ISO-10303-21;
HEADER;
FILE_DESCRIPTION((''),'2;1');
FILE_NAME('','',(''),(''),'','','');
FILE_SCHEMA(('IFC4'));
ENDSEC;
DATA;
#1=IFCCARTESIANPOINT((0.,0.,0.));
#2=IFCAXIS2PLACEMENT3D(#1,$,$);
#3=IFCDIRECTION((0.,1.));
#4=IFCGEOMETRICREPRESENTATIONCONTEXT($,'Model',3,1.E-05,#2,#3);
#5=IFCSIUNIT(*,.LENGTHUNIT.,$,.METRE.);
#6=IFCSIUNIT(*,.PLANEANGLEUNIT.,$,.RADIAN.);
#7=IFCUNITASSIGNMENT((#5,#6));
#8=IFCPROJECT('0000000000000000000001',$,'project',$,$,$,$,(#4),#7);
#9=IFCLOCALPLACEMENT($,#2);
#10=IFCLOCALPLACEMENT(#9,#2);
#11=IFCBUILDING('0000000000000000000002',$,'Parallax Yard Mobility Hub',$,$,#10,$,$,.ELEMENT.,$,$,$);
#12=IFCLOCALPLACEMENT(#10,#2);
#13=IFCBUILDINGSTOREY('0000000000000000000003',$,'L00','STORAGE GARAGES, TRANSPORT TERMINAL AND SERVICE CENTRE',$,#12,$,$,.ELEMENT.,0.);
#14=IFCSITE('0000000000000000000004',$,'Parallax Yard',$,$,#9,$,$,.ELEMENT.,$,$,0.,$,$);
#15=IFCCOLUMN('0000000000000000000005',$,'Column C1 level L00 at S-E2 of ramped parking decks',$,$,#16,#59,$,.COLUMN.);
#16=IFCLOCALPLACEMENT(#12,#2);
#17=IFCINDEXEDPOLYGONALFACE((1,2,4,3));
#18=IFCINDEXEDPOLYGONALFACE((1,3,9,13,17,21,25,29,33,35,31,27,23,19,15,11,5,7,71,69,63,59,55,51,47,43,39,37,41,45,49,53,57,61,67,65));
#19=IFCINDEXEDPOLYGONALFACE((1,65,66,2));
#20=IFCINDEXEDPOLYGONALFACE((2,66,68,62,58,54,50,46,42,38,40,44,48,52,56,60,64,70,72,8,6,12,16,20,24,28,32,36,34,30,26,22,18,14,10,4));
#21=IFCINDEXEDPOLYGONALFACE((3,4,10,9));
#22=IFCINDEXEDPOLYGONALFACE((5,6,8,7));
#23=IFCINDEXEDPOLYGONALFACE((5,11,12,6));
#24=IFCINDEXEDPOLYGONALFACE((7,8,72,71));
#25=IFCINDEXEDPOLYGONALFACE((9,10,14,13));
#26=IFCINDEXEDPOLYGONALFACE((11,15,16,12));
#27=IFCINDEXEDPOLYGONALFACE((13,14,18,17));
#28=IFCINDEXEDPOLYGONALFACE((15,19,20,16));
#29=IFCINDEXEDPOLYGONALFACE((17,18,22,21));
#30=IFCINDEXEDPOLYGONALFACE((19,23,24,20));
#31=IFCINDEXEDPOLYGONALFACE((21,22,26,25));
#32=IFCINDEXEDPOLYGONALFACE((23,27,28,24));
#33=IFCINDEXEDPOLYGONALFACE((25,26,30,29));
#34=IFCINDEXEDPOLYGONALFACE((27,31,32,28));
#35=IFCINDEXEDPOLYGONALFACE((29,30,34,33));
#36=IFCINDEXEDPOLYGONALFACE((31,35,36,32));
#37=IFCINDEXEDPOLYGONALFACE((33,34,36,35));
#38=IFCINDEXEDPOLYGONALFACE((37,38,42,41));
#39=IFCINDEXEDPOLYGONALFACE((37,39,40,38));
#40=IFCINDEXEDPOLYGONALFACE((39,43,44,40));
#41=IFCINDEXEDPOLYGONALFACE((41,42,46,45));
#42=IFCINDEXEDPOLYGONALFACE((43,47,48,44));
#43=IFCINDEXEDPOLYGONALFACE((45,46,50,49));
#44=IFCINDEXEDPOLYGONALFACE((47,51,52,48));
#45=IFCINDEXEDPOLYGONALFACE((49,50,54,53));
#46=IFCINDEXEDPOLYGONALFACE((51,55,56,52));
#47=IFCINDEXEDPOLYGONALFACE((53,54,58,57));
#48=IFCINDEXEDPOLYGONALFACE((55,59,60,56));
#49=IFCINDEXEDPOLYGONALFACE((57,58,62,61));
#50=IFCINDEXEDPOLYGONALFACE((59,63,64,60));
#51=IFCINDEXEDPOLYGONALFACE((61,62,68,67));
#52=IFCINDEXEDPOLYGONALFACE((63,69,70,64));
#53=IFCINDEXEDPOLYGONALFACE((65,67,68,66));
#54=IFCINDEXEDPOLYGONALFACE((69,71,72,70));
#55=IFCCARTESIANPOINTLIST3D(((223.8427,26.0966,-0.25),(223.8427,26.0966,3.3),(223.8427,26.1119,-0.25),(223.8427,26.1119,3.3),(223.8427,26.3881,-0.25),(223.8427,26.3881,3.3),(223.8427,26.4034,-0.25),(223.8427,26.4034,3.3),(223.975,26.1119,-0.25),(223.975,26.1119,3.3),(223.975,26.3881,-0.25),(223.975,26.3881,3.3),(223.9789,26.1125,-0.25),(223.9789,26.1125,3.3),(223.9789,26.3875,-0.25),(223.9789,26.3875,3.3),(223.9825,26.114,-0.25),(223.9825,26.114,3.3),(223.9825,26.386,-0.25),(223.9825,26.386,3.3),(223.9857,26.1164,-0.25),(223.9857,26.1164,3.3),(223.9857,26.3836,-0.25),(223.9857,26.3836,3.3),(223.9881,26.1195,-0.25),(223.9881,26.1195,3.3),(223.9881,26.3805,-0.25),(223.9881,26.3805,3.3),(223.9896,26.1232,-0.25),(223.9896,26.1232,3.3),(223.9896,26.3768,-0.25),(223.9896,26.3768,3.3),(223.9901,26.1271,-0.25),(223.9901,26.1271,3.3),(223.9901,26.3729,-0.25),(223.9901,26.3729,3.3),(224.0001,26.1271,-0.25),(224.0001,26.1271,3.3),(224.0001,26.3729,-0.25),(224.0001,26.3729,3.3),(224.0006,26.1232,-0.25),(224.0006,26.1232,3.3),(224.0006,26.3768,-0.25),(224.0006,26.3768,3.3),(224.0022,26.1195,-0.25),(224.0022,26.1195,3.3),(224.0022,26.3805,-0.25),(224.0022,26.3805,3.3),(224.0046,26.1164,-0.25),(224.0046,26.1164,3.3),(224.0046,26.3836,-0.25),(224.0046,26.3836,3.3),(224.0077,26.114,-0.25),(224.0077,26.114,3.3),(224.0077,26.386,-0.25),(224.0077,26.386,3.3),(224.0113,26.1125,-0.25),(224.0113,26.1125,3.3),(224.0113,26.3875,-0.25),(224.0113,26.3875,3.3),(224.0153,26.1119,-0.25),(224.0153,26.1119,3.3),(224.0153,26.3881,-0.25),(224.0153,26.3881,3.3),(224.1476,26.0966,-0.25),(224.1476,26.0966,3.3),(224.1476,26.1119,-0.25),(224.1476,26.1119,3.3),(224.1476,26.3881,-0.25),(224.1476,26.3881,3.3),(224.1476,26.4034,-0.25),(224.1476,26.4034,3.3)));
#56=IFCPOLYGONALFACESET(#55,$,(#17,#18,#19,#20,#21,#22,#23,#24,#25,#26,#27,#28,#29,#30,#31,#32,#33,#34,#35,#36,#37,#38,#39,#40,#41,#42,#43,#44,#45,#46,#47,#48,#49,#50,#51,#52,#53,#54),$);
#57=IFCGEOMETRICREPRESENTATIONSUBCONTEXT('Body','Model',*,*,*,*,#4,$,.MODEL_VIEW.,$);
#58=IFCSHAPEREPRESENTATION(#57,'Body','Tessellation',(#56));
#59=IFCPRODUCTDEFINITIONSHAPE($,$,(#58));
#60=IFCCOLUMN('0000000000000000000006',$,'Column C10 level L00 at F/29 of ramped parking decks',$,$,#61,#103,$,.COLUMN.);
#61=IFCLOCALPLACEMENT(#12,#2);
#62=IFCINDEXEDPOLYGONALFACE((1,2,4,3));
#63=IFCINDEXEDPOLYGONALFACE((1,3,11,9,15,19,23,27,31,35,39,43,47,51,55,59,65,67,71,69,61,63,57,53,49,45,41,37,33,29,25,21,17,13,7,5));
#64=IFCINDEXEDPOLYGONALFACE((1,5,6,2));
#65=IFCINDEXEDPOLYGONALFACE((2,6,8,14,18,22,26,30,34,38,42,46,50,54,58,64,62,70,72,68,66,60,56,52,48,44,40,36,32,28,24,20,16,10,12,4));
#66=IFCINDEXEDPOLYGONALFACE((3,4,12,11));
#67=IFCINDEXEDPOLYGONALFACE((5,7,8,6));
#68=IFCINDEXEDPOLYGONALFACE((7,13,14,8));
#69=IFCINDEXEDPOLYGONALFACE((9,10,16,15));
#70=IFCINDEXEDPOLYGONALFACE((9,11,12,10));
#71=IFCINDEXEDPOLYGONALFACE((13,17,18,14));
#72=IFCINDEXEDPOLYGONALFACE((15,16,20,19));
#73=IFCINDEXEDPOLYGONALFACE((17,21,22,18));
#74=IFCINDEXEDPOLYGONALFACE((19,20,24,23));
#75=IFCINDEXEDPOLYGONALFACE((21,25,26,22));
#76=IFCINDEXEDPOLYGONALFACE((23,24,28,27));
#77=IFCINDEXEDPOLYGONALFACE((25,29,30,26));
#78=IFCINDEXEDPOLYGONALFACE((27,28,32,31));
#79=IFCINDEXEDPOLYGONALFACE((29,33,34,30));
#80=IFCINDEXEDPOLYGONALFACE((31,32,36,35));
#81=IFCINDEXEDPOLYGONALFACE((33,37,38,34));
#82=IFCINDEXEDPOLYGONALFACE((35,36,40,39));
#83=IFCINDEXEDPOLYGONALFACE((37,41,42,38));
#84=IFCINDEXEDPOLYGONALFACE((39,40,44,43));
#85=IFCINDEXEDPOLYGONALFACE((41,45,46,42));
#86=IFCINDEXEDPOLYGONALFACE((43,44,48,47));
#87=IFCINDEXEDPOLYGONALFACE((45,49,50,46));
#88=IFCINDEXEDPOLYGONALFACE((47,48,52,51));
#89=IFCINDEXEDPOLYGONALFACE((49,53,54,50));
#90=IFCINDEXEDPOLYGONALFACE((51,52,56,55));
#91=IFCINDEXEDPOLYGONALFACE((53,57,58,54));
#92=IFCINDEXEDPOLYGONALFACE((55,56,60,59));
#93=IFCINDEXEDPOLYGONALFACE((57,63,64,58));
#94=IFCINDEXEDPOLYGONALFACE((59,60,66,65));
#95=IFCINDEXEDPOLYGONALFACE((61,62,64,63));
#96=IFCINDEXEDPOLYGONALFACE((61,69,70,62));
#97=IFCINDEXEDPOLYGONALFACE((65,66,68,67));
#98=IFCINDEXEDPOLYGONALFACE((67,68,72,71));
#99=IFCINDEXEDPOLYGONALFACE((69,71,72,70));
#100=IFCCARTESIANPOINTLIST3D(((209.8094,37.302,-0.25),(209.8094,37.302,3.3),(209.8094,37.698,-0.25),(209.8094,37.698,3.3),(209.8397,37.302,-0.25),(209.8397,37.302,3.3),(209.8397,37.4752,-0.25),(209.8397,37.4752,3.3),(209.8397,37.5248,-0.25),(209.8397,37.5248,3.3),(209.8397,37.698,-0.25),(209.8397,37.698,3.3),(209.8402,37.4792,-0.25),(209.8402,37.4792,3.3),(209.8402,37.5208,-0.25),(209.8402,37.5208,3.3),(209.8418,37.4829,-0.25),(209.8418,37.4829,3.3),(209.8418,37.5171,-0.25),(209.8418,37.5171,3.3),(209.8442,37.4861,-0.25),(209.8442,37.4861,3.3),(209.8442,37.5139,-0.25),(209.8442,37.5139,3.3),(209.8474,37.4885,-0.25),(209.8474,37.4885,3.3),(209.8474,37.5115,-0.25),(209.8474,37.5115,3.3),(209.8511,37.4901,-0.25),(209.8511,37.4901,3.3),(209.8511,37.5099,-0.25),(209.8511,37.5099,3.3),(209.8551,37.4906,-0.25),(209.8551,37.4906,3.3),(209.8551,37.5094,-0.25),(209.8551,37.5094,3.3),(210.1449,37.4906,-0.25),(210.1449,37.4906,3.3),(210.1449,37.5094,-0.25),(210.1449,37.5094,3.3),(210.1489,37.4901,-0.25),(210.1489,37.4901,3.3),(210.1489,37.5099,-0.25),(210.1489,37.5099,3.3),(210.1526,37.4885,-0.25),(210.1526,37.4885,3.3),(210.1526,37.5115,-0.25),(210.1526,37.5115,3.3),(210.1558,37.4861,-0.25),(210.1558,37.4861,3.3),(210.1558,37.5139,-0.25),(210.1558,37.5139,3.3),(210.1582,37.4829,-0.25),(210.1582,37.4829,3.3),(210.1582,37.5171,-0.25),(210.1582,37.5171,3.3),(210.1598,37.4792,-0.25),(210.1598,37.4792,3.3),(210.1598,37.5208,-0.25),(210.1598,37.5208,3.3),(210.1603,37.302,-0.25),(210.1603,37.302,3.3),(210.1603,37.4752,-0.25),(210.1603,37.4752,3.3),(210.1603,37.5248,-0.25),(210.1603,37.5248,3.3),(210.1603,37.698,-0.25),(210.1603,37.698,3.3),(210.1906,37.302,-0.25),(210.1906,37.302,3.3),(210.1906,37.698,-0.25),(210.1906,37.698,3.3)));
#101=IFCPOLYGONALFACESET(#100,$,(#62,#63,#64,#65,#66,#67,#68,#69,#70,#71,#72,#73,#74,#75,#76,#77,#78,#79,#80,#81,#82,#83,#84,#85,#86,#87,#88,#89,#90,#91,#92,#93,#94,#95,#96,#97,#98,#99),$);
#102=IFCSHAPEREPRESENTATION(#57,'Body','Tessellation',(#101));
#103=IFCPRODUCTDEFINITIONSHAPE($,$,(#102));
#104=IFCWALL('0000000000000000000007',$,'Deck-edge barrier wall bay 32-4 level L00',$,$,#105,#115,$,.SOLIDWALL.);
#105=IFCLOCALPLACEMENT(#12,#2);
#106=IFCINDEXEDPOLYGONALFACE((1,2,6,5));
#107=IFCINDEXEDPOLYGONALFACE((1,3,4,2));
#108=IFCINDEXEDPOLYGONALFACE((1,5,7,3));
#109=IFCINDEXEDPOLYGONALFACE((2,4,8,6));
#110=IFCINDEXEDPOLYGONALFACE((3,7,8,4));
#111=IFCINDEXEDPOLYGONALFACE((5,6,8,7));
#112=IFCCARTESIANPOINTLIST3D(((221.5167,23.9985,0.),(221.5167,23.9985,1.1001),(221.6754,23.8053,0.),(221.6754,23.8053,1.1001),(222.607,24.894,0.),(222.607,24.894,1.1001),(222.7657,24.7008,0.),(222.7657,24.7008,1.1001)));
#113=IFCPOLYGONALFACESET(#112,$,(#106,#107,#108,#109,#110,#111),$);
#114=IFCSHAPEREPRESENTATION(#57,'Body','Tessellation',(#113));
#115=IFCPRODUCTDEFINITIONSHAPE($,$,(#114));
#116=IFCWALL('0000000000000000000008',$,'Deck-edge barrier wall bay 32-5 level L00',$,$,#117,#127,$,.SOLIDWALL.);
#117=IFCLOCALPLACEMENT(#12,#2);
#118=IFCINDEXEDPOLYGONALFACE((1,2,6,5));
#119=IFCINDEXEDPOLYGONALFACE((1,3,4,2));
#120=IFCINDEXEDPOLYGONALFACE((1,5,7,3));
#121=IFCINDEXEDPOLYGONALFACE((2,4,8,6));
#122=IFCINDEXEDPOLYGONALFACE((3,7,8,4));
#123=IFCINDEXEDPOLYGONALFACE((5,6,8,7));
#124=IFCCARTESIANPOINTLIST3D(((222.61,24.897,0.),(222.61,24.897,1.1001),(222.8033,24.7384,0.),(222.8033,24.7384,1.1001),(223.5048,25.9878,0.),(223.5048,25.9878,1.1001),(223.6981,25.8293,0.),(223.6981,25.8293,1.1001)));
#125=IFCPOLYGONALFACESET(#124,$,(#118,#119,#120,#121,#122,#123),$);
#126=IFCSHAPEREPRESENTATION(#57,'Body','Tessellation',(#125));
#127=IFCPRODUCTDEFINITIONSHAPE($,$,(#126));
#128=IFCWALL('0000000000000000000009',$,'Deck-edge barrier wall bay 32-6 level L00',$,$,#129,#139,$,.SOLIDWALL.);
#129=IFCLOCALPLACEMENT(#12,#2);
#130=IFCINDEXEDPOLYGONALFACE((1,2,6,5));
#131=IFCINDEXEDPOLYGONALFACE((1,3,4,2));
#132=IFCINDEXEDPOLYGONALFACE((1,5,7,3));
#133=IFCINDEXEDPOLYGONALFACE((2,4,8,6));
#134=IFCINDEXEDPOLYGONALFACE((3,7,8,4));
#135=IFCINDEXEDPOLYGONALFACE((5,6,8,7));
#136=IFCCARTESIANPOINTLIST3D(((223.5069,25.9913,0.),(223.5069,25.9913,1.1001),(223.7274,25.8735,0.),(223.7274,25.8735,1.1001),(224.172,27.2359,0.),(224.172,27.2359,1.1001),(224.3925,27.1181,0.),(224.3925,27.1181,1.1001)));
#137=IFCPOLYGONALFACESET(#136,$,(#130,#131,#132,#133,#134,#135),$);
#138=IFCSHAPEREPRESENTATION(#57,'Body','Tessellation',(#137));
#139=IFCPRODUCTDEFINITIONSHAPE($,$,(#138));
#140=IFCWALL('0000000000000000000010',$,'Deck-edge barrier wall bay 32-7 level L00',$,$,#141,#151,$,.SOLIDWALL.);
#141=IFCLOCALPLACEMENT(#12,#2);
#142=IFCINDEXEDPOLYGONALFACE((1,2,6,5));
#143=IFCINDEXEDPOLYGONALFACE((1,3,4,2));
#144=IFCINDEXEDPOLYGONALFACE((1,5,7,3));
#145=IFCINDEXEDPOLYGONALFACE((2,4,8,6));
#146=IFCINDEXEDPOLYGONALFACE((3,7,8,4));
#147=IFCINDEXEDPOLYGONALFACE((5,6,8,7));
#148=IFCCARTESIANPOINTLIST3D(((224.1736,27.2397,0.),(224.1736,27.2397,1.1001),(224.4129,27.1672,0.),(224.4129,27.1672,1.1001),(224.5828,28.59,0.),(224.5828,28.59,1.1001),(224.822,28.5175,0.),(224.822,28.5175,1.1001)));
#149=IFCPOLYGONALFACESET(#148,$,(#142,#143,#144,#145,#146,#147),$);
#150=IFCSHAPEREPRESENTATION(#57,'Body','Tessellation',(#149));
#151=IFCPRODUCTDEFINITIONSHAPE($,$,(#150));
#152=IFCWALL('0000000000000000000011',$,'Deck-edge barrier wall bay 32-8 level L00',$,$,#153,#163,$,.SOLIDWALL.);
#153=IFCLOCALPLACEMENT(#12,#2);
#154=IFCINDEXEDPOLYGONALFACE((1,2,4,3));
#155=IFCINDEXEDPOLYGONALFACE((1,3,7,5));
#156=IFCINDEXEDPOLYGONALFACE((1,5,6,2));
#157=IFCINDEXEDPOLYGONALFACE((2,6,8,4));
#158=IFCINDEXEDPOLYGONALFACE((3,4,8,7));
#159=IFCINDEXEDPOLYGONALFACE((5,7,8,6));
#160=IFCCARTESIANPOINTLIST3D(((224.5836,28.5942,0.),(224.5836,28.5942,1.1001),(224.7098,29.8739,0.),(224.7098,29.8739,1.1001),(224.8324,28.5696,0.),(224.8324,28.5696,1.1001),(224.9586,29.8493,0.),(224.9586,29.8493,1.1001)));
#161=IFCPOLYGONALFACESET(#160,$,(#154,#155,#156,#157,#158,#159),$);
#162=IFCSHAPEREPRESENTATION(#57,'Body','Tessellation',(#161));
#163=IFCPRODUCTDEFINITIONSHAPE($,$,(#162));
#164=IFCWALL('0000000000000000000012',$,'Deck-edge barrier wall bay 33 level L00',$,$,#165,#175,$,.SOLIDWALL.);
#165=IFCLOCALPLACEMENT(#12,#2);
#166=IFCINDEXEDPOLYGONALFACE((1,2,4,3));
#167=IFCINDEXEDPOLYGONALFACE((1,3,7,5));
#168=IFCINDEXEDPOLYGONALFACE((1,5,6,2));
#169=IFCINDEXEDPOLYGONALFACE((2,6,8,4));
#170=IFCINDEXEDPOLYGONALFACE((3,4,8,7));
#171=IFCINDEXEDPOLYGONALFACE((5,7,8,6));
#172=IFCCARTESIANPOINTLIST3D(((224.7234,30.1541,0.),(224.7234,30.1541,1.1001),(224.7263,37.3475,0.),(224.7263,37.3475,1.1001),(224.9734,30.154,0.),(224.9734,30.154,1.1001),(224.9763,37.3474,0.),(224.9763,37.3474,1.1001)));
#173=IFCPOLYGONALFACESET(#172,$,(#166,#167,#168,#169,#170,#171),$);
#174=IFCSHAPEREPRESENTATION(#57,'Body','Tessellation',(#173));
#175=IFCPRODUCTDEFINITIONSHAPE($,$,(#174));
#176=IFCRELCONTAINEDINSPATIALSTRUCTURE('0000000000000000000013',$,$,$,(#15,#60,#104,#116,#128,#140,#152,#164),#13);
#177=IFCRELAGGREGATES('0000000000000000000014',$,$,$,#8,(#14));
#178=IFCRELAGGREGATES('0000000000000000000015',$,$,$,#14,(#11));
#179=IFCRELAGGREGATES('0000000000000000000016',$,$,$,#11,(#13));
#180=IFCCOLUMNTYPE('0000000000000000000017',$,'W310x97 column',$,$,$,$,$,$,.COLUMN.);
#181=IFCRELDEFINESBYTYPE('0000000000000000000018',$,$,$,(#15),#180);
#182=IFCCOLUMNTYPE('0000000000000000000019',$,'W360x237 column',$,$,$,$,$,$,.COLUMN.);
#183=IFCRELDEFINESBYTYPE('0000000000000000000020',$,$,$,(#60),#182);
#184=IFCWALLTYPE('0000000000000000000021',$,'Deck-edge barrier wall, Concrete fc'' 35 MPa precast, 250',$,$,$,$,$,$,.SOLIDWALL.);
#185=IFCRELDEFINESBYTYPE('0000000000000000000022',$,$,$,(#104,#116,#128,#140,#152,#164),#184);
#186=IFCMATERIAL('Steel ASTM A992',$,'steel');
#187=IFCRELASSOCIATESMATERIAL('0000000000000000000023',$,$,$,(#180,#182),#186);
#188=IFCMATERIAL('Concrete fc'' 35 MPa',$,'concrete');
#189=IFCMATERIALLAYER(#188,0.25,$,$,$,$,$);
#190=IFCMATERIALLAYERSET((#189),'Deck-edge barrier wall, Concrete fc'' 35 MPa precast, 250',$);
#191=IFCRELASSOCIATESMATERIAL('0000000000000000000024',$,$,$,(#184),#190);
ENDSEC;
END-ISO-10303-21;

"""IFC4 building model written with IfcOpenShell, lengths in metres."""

from ifc_helpers import new_model, si_unit, direction, frame, frame_2d, origin, origin_2d, place, context, subcontext, project, spatial, rectangle, i_section, extrude, material, layer, layer_set, material_profile, profile_set, type_object, element, save


model = new_model("IFC4")

# Units and contexts
model_context = context("Model", 3, precision=1e-05, world=origin(), true_north=direction((0.0, 1.0)))
body_context = subcontext(model_context, "Body", "Model", "MODEL_VIEW")
ifc_project = project(units=[si_unit("LENGTHUNIT", "METRE"), si_unit("PLANEANGLEUNIT", "RADIAN")], contexts=[model_context])

# Site, building, storey
site_placement = place(None, origin())
site = spatial("IfcSite", under=ifc_project, at=site_placement, Name="Parallax Yard", CompositionType="ELEMENT", RefElevation=0.0)
building_placement = place(site_placement, origin())
building = spatial("IfcBuilding", under=site, at=building_placement, Name="Parallax Yard Mobility Hub", CompositionType="ELEMENT")
storey_placement = place(building_placement, origin())
storey = spatial("IfcBuildingStorey", under=building, at=storey_placement, Name="L00", Description="STORAGE GARAGES, TRANSPORT TERMINAL AND SERVICE CENTRE", CompositionType="ELEMENT", Elevation=0.0)

# Columns
ifc_material_1 = material(Name="Steel ASTM A992", Category="steel")
ifc_material_profile_1 = material_profile(ifc_material_1, i_section(OverallWidth=0.3049, OverallDepth=0.3069, WebThickness=0.01, FlangeThickness=0.0154, FilletRadius=0.0151, at=origin_2d()), Name="W310x97")
ifc_profile_set_1 = profile_set([ifc_material_profile_1], Name="Steel ASTM A992")
column_type_1 = type_object("IfcColumnType", Name="W310x97 column", PredefinedType="COLUMN", material=ifc_profile_set_1)
column_1_placement = place(storey_placement, frame((223.9951, 26.25, -0.25), z_axis=(0.0, 0.0, 1.0), x_axis=(1.0, 0.0, 0.0)))
element("IfcColumn", 1, at=column_1_placement, inside=storey, type_object=column_type_1, Name="Column C1 level L00 at S-E2 of ramped parking decks", PredefinedType="COLUMN", context=body_context, shape_type="SweptSolid", body=[
    extrude(i_section(OverallWidth=0.3049, OverallDepth=0.3069, WebThickness=0.01, FlangeThickness=0.0154, FilletRadius=0.0151, at=origin_2d()), origin(), (0.0, 0.0, 1.0), 3.55),
])
ifc_material_profile_2 = material_profile(ifc_material_1, i_section(OverallWidth=0.396, OverallDepth=0.3811, WebThickness=0.0188, FlangeThickness=0.0303, FilletRadius=0.0154, at=origin_2d()), Name="W360x237")
ifc_profile_set_2 = profile_set([ifc_material_profile_2], Name="Steel ASTM A992")
column_type_2 = type_object("IfcColumnType", Name="W360x237 column", PredefinedType="COLUMN", material=ifc_profile_set_2)
column_2_placement = place(storey_placement, frame((210.0, 37.5, -0.25), z_axis=(0.0, 0.0, 1.0), x_axis=(0.0, 1.0, 0.0)))
element("IfcColumn", 2, at=column_2_placement, inside=storey, type_object=column_type_2, Name="Column C10 level L00 at F/29 of ramped parking decks", PredefinedType="COLUMN", context=body_context, shape_type="SweptSolid", body=[
    extrude(i_section(OverallWidth=0.396, OverallDepth=0.3811, WebThickness=0.0188, FlangeThickness=0.0303, FilletRadius=0.0154, at=origin_2d()), origin(), (0.0, 0.0, 1.0), 3.55),
])

# Walls
ifc_material_2 = material(Name="Concrete fc' 35 MPa", Category="concrete")
ifc_layer = layer(ifc_material_2, 0.25)
ifc_layer_set = layer_set([ifc_layer], Name="Deck-edge barrier wall, Concrete fc' 35 MPa precast, 250")
wall_type = type_object("IfcWallType", Name="Deck-edge barrier wall, Concrete fc' 35 MPa precast, 250", PredefinedType="SOLIDWALL", material=ifc_layer_set)
for number, where, z_axis, x_axis, name in (
    (3, (221.5959, 23.9019, 0.0), (0.0, 0.0, 1.0), (0.772769, 0.634688, 0.0), "Deck-edge barrier wall bay 32-4 level L00"),
    (4, (222.7065, 24.8176, 0.0), (0.0, 0.0, 1.0), (0.634208, 0.773163, 0.0), "Deck-edge barrier wall bay 32-5 level L00"),
):
    element("IfcWall", number, at=place(storey_placement, frame(where, z_axis=z_axis, x_axis=x_axis)), inside=storey, type_object=wall_type, Name=name, PredefinedType="SOLIDWALL", context=body_context, shape_type="SweptSolid", body=[
        extrude(rectangle(XDim=1.4109, YDim=0.25, at=frame_2d((0.7056, 0.0))), origin(), (0.0, 0.0, 1.0), 1.1001),
    ])
wall_1_placement = place(storey_placement, frame((223.6172, 25.9324, 0.0), z_axis=(0.0, 0.0, 1.0), x_axis=(0.471271, 0.881989, 0.0)))
element("IfcWall", 5, at=wall_1_placement, inside=storey, type_object=wall_type, Name="Deck-edge barrier wall bay 32-6 level L00", PredefinedType="SOLIDWALL", context=body_context, shape_type="SweptSolid", body=[
    extrude(rectangle(XDim=1.4111, YDim=0.25, at=frame_2d((0.7056, 0.0))), origin(), (0.0, 0.0, 1.0), 1.1001),
])
wall_2_placement = place(storey_placement, frame((224.2932, 27.2034, 0.0), z_axis=(0.0, 0.0, 1.0), x_axis=(0.289998, 0.957027, 0.0)))
element("IfcWall", 6, at=wall_2_placement, inside=storey, type_object=wall_type, Name="Deck-edge barrier wall bay 32-7 level L00", PredefinedType="SOLIDWALL", context=body_context, shape_type="SweptSolid", body=[
    extrude(rectangle(XDim=1.4109, YDim=0.25, at=frame_2d((0.7056, 0.0))), origin(), (0.0, 0.0, 1.0), 1.1001),
])
wall_3_placement = place(storey_placement, frame((224.708, 28.5818, 0.0), z_axis=(0.0, 0.0, 1.0), x_axis=(0.09815, 0.995172, 0.0)))
element("IfcWall", 7, at=wall_3_placement, inside=storey, type_object=wall_type, Name="Deck-edge barrier wall bay 32-8 level L00", PredefinedType="SOLIDWALL", context=body_context, shape_type="SweptSolid", body=[
    extrude(rectangle(XDim=1.2859, YDim=0.25, at=frame_2d((0.6431, 0.0))), origin(), (0.0, 0.0, 1.0), 1.1001),
])
wall_4_placement = place(storey_placement, frame((224.8484, 30.1541, 0.0), z_axis=(0.0, 0.0, 1.0), x_axis=(0.000407, 1.0, 0.0)))
element("IfcWall", 8, at=wall_4_placement, inside=storey, type_object=wall_type, Name="Deck-edge barrier wall bay 33 level L00", PredefinedType="SOLIDWALL", context=body_context, shape_type="SweptSolid", body=[
    extrude(rectangle(XDim=7.1934, YDim=0.25, at=frame_2d((3.5967, 0.0))), origin(), (0.0, 0.0, 1.0), 1.1001),
])

save(model, "model.ifc")
